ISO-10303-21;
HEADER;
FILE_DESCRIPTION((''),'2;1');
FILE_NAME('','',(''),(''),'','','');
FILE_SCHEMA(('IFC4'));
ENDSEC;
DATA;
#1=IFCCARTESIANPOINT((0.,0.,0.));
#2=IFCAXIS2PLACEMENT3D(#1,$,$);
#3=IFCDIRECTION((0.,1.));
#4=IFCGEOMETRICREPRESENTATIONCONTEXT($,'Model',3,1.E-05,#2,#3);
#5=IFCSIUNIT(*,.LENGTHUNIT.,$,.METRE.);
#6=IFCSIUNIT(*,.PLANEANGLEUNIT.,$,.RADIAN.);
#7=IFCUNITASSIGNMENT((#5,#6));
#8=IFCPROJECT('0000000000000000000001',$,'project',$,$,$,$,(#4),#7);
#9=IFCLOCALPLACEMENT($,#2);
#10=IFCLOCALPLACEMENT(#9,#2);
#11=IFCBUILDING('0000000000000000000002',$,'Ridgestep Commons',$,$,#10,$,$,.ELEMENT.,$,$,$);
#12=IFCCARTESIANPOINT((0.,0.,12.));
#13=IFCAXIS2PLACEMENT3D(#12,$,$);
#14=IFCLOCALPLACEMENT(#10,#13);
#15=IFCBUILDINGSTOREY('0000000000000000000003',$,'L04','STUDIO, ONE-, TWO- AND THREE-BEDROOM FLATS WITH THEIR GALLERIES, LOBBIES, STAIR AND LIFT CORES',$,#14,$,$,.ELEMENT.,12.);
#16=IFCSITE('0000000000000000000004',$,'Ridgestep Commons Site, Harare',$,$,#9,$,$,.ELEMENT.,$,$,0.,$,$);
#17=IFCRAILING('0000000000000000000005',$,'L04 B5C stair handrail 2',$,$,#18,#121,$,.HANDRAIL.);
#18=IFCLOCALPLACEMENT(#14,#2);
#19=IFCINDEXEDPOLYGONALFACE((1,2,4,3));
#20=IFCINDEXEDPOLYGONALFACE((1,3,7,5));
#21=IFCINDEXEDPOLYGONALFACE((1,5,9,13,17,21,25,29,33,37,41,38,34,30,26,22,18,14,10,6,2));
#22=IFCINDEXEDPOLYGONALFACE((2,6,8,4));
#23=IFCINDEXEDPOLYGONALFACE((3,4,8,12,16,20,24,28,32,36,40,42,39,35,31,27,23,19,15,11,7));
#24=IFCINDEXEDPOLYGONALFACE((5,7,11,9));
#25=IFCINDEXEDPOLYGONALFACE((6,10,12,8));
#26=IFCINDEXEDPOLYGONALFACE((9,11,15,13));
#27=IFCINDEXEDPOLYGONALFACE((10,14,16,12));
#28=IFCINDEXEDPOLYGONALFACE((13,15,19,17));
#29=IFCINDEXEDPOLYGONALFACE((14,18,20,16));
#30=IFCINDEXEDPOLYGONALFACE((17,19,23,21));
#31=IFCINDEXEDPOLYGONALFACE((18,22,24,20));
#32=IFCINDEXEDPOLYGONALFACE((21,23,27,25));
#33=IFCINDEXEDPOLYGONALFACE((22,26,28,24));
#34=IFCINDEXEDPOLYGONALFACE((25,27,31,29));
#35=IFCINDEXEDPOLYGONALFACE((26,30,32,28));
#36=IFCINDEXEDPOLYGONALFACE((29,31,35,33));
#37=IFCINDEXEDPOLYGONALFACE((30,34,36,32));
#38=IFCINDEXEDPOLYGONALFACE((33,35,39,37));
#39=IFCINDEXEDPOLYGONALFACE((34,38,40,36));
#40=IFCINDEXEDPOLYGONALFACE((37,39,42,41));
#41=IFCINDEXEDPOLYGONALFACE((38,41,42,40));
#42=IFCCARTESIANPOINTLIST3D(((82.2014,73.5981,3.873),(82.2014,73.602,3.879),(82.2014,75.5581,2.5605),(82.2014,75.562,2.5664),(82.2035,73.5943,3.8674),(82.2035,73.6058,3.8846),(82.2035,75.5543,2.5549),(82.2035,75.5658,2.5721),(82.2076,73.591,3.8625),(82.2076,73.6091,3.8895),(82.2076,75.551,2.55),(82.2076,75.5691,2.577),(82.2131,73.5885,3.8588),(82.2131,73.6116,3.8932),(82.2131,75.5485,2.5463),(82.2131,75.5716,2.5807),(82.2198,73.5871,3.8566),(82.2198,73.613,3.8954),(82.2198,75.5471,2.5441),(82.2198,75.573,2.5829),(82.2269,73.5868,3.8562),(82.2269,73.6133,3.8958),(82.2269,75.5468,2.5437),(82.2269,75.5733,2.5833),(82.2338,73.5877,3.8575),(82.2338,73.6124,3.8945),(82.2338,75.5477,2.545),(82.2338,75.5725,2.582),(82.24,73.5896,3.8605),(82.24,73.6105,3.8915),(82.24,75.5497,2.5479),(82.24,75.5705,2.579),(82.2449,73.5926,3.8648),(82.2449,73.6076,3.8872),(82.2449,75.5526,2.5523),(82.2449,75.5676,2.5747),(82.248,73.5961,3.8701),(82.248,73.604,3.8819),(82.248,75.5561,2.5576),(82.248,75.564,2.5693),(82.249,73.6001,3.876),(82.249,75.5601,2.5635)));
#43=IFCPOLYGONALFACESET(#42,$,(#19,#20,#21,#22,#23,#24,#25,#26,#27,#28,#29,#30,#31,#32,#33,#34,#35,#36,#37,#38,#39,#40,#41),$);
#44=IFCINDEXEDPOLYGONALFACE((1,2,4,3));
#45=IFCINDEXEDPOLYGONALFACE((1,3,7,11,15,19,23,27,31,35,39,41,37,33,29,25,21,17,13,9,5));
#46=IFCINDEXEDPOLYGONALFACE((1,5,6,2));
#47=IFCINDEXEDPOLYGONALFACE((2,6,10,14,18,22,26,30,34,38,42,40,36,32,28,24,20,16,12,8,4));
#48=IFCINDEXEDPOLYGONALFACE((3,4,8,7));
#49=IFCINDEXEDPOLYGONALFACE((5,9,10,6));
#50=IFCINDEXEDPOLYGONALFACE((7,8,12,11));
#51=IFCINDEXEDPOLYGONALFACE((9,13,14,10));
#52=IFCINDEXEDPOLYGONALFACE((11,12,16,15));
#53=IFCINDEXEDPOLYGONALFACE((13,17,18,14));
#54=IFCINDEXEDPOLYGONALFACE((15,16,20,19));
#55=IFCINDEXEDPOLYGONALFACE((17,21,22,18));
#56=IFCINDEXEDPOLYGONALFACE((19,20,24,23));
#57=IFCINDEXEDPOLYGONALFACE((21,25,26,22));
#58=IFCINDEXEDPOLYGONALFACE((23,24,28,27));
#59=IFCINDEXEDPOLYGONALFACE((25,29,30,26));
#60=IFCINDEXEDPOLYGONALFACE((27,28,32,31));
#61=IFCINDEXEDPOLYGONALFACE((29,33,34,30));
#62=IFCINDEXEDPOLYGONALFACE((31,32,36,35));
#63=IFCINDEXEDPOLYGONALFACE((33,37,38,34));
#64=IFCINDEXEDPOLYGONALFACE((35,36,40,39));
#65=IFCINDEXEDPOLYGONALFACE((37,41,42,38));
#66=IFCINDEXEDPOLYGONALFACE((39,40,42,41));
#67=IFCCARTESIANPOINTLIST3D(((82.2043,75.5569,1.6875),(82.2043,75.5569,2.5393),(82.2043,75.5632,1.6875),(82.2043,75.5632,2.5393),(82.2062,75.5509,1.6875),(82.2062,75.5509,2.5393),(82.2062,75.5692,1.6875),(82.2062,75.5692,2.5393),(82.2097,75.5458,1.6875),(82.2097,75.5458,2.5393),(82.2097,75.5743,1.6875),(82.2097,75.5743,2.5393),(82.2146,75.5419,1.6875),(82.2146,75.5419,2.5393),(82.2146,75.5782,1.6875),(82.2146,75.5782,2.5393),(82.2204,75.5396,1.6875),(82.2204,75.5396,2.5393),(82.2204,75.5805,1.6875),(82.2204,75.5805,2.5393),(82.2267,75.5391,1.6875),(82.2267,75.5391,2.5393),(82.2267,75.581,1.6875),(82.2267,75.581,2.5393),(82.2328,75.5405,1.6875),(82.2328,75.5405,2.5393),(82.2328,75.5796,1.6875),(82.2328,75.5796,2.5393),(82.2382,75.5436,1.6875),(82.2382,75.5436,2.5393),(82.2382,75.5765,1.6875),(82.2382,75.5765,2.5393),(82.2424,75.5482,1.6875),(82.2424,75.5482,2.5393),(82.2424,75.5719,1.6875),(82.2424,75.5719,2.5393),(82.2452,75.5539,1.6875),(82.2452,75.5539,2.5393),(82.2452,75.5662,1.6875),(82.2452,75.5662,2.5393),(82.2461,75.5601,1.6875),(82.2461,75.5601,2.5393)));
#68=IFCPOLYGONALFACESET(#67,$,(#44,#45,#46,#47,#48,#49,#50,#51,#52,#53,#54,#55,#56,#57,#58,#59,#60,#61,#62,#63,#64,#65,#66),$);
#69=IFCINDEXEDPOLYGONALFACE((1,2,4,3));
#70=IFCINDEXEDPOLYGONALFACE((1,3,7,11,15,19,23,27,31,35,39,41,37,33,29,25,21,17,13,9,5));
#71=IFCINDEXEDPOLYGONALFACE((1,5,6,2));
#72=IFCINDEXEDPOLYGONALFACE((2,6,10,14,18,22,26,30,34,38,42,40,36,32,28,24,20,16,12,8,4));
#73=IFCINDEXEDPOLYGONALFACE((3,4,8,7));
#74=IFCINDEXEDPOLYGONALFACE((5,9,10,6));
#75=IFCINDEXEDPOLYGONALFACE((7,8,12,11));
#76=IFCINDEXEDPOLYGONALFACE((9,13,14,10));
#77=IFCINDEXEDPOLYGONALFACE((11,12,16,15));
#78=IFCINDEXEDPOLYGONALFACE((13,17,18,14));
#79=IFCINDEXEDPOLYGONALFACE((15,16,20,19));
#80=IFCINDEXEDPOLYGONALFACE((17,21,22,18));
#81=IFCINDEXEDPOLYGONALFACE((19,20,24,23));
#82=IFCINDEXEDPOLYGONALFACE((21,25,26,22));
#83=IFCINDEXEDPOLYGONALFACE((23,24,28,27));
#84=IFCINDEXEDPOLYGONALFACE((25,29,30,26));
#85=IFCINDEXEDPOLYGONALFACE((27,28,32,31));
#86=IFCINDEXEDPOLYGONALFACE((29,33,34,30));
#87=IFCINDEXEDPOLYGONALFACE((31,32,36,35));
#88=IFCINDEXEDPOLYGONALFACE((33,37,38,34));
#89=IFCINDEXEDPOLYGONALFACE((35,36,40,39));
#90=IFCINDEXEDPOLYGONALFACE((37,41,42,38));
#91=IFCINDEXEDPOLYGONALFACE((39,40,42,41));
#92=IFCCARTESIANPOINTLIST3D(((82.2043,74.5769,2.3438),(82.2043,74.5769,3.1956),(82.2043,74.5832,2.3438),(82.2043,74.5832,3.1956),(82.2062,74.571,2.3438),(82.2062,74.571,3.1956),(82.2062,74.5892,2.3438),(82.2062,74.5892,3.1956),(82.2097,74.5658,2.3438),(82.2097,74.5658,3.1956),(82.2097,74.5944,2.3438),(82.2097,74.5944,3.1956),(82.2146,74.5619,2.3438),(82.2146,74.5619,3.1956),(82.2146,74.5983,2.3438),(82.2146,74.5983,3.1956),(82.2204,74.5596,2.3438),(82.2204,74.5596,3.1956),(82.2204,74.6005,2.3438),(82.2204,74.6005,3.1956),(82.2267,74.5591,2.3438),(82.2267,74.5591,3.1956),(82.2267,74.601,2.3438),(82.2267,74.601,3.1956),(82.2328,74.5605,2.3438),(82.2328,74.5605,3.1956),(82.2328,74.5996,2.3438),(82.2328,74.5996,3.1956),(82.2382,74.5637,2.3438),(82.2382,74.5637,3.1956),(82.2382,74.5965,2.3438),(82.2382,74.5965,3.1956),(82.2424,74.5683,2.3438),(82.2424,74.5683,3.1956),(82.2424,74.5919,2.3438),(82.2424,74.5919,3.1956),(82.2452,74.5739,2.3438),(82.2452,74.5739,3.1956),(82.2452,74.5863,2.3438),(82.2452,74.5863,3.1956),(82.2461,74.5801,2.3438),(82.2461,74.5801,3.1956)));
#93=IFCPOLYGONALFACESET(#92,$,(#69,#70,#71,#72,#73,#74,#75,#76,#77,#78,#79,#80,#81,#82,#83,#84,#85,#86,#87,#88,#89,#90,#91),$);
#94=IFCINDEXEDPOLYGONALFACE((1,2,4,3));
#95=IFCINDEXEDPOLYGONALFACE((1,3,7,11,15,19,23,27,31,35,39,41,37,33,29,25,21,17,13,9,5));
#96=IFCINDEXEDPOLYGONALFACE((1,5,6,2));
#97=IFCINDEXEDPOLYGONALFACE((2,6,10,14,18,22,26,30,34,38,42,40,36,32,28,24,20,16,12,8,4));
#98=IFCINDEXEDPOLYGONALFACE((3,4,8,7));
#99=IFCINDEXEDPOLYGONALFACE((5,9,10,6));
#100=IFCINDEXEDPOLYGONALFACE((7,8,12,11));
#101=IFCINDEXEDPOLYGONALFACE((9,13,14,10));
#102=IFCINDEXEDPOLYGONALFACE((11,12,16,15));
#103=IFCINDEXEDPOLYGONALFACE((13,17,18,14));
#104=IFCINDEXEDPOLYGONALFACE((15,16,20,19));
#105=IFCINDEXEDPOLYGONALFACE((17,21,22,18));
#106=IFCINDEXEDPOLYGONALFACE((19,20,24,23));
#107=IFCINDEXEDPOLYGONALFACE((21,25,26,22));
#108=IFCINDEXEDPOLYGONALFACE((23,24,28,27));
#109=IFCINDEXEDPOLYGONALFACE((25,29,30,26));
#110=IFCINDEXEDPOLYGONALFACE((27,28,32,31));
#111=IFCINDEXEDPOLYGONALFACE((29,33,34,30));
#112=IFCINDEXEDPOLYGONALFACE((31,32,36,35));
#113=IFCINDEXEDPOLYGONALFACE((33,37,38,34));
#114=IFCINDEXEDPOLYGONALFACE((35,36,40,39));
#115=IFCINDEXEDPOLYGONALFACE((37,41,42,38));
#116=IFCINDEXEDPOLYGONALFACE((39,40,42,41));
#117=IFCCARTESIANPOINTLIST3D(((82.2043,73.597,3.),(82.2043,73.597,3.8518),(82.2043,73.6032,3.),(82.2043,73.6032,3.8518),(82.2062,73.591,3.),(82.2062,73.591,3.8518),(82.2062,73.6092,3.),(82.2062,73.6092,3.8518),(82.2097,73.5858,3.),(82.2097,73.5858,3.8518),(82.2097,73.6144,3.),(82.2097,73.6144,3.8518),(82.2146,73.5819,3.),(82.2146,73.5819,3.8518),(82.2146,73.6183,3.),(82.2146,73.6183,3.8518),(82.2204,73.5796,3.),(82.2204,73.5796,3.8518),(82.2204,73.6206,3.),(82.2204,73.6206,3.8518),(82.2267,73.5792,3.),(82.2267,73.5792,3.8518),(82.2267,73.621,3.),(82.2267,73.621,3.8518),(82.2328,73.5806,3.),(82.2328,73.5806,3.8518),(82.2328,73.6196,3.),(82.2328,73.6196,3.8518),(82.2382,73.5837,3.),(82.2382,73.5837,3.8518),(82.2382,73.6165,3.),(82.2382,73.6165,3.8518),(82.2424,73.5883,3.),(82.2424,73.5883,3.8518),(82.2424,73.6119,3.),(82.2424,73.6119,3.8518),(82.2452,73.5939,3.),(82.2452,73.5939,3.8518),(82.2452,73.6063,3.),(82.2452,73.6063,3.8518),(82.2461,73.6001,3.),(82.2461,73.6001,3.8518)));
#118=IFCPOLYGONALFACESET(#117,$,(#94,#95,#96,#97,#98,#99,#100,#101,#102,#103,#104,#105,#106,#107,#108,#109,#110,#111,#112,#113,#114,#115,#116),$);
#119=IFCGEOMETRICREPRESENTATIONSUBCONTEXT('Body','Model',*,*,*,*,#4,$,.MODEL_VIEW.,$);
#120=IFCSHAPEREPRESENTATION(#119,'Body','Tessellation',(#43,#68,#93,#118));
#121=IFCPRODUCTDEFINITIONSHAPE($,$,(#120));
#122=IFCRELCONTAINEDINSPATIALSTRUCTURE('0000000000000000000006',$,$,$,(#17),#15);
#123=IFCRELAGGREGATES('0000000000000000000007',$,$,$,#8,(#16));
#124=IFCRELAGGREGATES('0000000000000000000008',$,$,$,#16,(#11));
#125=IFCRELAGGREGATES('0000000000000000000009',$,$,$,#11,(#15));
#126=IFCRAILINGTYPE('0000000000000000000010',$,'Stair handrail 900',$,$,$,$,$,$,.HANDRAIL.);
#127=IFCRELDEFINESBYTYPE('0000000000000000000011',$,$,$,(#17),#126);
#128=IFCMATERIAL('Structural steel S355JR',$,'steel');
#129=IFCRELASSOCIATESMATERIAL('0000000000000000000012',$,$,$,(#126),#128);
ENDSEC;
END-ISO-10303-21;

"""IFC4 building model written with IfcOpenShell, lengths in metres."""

from ifc_helpers import new_model, si_unit, direction, frame, origin, origin_2d, place, context, subcontext, project, spatial, circle, extrude, material, type_object, element, save


model = new_model("IFC4")

# Units and contexts
model_context = context("Model", 3, precision=1e-05, world=origin(), true_north=direction((0.0, 1.0)))
body_context = subcontext(model_context, "Body", "Model", "MODEL_VIEW")
ifc_project = project(units=[si_unit("LENGTHUNIT", "METRE"), si_unit("PLANEANGLEUNIT", "RADIAN")], contexts=[model_context])

# Site, building, storey
site_placement = place(None, origin())
site = spatial("IfcSite", under=ifc_project, at=site_placement, Name="Ridgestep Commons Site, Harare", CompositionType="ELEMENT", RefElevation=0.0)
building_placement = place(site_placement, origin())
building = spatial("IfcBuilding", under=site, at=building_placement, Name="Ridgestep Commons", CompositionType="ELEMENT")
storey_placement = place(building_placement, frame((0.0, 0.0, 12.0)))
storey = spatial("IfcBuildingStorey", under=building, at=storey_placement, Name="L04", Description="STUDIO, ONE-, TWO- AND THREE-BEDROOM FLATS WITH THEIR GALLERIES, LOBBIES, STAIR AND LIFT CORES", CompositionType="ELEMENT", Elevation=12.0)

# Railing
ifc_material_1 = material(Name="Structural steel S355JR", Category="steel")
railing_type_1 = type_object("IfcRailingType", Name="Stair handrail 900", PredefinedType="HANDRAIL", material=ifc_material_1)
railing_1_placement = place(storey_placement, frame((82.2251, 75.5601, 1.6875)))
element("IfcRailing", 1, at=railing_1_placement, inside=storey, type_object=railing_type_1, Name="L04 B5C stair handrail 2", PredefinedType="HANDRAIL", context=body_context, shape_type="SweptSolid", body=[
    extrude(circle(Radius=0.0239, at=origin_2d()), frame((0.0, 0.0, 0.876), z_axis=(0.0, -0.830902, 0.556419), x_axis=(1.0, 0.0, 0.0)), (0.0, 0.0, 1.0), 2.3589),
    extrude(circle(Radius=0.021, at=origin_2d()), origin(), (0.0, 0.0, 1.0), 0.8518),
    extrude(circle(Radius=0.021, at=origin_2d()), frame((0.0, -0.98, 0.6562)), (0.0, 0.0, 1.0), 0.8518),
    extrude(circle(Radius=0.021, at=origin_2d()), frame((0.0, -1.96, 1.3125)), (0.0, 0.0, 1.0), 0.8518),
])

save(model, "model.ifc")
